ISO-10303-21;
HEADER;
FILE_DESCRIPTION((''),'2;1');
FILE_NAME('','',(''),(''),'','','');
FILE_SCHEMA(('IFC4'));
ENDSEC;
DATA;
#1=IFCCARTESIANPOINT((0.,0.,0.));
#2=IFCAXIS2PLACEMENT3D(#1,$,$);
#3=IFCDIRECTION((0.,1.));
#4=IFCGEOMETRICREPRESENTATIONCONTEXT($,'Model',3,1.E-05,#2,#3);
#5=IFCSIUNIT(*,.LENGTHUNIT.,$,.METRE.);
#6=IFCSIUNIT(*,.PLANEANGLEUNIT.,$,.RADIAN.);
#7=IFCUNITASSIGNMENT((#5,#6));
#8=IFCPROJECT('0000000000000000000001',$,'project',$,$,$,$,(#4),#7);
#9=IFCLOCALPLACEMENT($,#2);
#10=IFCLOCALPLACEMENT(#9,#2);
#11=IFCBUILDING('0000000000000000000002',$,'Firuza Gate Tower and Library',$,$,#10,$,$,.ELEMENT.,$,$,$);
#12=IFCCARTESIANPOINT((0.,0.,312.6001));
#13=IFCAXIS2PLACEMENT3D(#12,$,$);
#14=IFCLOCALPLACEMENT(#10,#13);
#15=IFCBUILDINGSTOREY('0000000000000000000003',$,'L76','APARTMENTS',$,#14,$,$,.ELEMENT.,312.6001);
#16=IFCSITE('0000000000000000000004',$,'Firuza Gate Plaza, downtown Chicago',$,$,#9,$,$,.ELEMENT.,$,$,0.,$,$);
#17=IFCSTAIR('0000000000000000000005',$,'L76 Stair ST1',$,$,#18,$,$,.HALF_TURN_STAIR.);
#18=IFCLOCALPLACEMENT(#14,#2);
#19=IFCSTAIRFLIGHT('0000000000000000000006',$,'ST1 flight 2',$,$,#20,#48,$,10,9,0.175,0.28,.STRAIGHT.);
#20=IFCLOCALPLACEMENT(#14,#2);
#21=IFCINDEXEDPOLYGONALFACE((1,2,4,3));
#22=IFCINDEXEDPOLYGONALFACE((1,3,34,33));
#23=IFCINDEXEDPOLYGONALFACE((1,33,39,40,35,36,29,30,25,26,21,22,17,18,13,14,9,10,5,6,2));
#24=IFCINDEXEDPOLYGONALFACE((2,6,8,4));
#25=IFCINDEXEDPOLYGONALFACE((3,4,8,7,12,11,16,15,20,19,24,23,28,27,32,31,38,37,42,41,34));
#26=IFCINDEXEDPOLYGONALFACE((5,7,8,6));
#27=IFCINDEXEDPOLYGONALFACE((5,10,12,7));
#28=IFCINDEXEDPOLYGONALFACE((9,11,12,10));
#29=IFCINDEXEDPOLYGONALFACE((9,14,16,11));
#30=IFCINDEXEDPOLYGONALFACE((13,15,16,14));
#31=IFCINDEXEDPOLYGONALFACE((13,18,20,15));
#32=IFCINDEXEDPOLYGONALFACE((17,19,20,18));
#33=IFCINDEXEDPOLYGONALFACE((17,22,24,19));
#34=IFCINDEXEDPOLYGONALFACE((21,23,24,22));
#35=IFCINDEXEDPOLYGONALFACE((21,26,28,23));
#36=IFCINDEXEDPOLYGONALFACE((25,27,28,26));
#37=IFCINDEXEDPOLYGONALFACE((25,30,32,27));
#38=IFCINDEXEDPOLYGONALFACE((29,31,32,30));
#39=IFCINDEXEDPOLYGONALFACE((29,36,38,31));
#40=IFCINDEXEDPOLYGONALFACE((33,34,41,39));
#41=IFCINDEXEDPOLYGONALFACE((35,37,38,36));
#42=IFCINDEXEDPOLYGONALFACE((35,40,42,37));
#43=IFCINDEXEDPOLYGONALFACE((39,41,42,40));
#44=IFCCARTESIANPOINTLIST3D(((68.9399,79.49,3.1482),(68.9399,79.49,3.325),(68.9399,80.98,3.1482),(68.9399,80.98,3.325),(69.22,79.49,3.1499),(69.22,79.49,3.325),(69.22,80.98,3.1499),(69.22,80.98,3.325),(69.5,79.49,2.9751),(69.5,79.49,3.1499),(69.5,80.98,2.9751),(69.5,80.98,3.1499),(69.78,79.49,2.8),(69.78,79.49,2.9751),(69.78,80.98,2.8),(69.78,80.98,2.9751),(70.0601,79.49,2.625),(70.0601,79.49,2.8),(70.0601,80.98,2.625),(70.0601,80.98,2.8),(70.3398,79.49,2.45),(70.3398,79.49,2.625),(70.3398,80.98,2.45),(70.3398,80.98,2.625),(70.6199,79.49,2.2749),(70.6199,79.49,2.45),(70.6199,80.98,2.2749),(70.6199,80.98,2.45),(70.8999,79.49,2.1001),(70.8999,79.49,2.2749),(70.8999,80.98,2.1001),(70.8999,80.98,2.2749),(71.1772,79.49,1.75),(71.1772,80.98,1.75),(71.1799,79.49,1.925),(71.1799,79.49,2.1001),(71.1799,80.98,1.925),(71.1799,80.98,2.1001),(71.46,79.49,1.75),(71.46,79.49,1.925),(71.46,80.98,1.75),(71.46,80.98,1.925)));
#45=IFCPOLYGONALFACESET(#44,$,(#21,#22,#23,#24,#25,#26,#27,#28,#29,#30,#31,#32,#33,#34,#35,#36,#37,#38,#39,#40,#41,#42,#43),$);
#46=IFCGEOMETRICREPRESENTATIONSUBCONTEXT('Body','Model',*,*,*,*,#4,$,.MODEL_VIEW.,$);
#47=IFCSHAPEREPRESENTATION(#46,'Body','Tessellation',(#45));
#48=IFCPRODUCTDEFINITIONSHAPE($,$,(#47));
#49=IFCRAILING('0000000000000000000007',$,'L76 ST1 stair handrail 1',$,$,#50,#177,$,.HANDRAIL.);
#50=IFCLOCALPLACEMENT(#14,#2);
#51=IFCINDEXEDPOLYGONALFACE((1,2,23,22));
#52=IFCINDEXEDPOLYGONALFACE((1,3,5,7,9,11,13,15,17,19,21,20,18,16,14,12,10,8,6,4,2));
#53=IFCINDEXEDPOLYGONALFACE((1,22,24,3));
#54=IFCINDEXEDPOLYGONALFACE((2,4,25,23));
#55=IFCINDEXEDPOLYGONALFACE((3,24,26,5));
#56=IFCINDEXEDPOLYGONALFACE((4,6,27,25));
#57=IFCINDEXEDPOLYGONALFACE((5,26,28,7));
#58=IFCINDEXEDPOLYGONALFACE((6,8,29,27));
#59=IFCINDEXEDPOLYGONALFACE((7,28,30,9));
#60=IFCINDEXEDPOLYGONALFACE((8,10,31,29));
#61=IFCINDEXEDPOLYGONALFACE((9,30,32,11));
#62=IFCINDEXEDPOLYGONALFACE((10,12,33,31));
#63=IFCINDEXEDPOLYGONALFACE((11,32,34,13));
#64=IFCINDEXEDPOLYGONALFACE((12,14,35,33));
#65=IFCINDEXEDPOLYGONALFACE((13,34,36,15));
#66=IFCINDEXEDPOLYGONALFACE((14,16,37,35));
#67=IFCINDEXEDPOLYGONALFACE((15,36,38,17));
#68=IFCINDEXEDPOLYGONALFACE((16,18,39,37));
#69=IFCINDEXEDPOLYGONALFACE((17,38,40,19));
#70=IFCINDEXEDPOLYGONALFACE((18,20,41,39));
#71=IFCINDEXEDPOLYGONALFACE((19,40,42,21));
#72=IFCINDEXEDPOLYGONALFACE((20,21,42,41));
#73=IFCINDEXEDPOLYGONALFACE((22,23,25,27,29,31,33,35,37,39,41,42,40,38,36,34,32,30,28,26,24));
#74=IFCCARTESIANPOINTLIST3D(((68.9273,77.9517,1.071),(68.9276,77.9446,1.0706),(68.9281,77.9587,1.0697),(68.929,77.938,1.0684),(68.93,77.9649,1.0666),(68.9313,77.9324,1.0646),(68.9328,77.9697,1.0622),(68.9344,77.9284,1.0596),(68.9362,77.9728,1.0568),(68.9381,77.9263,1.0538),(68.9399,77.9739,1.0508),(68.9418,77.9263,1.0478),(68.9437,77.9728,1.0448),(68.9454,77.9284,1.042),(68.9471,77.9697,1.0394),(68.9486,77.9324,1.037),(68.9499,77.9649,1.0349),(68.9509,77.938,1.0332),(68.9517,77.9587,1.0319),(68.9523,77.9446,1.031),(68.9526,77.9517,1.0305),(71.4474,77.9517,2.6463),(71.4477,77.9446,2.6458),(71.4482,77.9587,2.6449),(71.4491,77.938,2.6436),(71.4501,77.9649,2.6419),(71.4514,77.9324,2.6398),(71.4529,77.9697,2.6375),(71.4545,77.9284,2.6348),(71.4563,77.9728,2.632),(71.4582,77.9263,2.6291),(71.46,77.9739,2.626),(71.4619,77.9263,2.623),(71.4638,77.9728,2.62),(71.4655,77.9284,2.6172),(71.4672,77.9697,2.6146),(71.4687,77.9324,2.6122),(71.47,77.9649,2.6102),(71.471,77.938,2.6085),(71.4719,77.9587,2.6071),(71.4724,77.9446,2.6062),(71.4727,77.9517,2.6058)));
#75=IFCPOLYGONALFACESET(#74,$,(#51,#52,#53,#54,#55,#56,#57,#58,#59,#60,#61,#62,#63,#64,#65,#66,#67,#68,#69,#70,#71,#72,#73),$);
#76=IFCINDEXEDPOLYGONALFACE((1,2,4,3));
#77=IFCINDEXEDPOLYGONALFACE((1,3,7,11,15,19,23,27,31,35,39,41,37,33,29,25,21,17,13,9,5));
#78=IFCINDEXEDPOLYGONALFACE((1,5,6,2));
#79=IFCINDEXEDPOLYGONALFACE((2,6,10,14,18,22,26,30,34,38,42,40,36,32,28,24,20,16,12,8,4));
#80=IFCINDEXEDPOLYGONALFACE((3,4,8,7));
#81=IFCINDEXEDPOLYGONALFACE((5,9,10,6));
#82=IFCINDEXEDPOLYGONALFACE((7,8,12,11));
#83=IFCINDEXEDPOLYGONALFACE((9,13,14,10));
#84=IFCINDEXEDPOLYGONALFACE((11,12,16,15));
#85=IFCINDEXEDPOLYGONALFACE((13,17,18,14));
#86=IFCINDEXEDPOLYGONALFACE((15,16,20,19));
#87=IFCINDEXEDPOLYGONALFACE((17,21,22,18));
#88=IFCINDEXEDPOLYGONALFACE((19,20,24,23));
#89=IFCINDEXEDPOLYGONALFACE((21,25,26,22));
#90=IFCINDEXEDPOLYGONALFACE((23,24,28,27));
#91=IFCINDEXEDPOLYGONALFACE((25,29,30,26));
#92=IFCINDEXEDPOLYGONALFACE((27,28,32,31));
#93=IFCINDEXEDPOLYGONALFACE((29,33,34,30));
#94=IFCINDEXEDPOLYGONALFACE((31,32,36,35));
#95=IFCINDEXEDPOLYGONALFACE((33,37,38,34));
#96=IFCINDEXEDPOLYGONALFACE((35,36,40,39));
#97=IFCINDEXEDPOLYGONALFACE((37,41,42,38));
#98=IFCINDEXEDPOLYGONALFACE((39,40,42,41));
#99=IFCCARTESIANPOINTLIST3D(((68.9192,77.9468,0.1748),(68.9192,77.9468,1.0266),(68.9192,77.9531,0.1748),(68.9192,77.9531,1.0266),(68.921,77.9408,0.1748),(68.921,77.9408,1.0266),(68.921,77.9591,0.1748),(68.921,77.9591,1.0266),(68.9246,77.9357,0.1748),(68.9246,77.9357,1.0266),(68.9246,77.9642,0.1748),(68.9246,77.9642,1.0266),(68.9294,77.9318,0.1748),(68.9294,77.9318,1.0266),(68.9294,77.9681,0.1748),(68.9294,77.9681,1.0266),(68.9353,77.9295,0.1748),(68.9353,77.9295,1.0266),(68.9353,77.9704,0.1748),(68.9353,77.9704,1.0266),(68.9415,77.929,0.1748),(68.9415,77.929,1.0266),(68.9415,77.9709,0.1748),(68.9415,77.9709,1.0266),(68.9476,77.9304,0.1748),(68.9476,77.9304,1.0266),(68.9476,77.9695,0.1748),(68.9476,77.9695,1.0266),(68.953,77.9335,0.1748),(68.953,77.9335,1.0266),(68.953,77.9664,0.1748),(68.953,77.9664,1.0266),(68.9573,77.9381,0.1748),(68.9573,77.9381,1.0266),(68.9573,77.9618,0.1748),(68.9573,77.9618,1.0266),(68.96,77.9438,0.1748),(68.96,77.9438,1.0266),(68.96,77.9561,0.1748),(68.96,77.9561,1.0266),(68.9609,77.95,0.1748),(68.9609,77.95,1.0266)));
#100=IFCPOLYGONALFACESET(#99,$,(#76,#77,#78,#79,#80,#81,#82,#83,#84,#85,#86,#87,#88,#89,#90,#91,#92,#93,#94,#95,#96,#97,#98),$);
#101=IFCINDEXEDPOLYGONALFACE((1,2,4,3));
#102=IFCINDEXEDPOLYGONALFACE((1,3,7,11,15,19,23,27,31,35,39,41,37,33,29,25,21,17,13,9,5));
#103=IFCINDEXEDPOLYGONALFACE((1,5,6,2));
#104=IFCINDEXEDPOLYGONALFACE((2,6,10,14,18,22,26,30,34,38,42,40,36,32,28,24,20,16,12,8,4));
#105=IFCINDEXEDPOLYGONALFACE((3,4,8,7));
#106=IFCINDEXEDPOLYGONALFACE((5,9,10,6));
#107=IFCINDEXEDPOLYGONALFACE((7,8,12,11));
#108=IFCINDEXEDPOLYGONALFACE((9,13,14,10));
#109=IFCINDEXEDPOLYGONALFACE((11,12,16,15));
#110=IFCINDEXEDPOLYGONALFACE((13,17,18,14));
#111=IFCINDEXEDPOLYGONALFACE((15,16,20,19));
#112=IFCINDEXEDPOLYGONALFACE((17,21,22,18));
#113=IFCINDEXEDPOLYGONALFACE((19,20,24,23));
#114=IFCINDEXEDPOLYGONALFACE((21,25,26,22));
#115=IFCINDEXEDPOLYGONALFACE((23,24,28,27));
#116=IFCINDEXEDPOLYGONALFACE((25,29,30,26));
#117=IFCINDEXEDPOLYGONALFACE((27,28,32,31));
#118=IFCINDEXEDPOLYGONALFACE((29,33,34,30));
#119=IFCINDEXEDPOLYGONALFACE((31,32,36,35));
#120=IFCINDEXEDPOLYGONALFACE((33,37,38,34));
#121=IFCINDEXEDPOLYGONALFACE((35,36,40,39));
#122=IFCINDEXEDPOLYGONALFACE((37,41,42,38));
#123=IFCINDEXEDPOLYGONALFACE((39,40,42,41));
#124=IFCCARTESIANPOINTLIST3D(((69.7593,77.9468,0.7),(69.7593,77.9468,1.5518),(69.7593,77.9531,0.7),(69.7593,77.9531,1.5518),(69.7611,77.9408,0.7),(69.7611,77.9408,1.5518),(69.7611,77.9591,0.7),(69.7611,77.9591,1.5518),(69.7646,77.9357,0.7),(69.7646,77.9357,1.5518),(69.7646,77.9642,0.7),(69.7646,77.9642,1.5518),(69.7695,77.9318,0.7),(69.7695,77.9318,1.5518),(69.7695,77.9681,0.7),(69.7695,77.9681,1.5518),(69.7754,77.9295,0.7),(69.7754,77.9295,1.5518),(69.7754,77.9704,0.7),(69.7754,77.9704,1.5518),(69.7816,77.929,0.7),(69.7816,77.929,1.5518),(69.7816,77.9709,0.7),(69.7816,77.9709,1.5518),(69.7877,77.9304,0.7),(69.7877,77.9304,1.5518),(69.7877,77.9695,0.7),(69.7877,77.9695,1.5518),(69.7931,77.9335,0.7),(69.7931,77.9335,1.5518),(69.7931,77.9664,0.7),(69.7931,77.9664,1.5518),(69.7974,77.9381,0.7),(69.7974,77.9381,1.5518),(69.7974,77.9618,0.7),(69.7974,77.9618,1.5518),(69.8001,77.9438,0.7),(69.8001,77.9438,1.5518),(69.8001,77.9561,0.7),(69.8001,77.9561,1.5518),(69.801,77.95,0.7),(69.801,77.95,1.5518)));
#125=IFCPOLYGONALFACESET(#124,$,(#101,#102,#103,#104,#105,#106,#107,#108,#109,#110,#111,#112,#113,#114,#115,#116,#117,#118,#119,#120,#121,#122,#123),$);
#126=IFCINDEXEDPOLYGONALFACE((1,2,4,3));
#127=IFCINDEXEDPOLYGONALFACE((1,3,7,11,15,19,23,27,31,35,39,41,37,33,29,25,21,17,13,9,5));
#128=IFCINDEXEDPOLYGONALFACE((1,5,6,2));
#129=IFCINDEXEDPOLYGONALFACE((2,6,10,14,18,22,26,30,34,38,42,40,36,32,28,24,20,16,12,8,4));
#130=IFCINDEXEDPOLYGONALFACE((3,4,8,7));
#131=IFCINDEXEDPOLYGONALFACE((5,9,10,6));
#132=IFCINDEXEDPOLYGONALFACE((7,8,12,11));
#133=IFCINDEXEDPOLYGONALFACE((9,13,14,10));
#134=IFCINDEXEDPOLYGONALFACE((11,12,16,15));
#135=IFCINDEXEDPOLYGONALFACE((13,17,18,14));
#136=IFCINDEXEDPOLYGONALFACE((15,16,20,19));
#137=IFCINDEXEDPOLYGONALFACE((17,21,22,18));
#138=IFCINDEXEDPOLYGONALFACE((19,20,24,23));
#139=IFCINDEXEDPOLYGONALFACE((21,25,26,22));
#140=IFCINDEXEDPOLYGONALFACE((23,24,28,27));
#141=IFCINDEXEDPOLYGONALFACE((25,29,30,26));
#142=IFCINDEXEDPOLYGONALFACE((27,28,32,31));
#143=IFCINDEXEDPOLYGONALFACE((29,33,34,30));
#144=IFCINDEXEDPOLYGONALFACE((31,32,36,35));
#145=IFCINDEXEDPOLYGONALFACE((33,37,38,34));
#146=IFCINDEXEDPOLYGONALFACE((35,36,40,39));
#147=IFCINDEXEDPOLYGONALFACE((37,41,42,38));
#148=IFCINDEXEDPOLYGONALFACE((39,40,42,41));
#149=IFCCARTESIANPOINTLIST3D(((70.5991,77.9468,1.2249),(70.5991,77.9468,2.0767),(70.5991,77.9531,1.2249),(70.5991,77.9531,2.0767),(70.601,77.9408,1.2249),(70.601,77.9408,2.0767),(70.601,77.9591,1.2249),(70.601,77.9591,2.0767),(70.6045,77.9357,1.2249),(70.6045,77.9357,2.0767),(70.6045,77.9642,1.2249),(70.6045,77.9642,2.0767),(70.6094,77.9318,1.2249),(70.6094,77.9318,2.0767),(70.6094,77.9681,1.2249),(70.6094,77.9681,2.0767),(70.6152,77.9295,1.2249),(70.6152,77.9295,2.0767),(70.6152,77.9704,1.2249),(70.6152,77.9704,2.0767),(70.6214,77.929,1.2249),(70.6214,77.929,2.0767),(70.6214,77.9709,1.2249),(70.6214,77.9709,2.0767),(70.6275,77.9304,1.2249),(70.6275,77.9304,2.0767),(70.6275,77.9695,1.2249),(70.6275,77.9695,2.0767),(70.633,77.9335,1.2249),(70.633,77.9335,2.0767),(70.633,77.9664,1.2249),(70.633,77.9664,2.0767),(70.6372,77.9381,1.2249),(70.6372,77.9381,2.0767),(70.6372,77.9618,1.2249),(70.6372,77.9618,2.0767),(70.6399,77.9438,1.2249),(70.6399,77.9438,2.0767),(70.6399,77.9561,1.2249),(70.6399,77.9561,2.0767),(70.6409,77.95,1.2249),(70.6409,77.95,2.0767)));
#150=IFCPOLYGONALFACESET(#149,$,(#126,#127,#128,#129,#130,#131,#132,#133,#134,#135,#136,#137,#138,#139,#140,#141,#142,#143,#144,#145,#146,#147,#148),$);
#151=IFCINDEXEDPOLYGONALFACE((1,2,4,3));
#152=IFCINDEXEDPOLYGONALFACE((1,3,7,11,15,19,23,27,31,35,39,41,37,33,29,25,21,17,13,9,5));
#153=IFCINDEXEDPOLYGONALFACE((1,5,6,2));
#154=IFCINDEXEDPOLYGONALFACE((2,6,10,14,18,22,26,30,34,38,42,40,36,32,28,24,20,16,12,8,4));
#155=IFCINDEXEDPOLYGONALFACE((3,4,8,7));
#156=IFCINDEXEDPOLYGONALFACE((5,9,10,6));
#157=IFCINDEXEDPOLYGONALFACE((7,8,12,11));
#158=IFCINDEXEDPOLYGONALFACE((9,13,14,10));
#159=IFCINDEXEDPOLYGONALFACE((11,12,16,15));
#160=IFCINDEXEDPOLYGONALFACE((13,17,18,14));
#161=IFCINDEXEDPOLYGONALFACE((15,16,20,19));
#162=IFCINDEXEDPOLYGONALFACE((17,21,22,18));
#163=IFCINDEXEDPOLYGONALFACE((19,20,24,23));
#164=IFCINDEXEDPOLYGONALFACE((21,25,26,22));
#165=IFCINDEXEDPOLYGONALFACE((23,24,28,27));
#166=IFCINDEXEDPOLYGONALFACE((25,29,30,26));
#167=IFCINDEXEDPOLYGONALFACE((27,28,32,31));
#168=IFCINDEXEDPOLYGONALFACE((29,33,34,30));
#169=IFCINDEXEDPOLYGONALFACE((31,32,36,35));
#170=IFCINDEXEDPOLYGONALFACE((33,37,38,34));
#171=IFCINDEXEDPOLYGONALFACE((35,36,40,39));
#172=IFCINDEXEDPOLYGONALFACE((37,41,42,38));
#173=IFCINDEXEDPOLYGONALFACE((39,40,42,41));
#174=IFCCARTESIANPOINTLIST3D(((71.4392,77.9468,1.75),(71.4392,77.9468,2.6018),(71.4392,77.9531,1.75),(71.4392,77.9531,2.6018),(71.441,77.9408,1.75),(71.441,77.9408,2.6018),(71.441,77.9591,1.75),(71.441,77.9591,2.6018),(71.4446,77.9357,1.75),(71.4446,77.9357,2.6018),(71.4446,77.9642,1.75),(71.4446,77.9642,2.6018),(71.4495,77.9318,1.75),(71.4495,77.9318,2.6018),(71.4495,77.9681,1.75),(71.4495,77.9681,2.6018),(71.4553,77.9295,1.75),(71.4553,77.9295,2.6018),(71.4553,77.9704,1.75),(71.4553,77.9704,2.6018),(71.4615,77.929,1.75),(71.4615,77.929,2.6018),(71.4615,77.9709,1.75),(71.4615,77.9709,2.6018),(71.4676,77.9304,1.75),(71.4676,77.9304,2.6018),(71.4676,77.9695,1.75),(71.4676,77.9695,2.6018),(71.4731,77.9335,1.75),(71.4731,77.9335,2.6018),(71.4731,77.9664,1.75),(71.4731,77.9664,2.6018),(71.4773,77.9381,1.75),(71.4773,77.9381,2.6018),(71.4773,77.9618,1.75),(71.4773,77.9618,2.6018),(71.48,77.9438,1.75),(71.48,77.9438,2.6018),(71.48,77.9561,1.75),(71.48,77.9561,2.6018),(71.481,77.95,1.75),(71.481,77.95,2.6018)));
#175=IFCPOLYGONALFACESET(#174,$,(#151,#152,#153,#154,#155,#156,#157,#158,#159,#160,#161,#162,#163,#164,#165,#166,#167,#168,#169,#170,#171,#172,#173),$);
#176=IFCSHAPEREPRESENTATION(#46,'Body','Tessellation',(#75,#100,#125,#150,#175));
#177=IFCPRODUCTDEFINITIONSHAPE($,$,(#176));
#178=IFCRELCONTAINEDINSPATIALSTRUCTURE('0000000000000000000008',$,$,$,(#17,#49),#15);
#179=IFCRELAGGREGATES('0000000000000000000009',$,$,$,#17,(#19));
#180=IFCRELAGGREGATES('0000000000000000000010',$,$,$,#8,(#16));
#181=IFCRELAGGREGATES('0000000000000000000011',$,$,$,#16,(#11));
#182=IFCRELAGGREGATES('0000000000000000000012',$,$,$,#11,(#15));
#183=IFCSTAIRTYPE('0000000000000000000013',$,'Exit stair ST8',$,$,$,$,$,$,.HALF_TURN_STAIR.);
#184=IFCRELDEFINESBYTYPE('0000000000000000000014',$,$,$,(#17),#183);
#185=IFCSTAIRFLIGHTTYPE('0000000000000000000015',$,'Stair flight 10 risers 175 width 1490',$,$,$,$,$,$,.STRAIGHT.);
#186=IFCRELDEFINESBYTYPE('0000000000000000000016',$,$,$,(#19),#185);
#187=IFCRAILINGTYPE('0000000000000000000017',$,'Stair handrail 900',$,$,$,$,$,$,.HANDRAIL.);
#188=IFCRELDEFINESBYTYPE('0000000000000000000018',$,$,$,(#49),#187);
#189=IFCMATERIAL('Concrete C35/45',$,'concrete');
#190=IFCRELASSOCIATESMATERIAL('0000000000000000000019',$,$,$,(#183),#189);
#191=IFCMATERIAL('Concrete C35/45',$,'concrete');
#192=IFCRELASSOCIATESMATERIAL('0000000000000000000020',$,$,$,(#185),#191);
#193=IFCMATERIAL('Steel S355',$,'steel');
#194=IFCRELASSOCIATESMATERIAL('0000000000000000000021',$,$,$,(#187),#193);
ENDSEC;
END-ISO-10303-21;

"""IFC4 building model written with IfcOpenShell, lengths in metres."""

from ifc_helpers import new_model, si_unit, direction, frame, origin, origin_2d, place, context, subcontext, project, spatial, polyline, circle, outline, extrude, material, type_object, element, aggregate, save


model = new_model("IFC4")

# Units and contexts
model_context = context("Model", 3, precision=1e-05, world=origin(), true_north=direction((0.0, 1.0)))
body_context = subcontext(model_context, "Body", "Model", "MODEL_VIEW")
ifc_project = project(units=[si_unit("LENGTHUNIT", "METRE"), si_unit("PLANEANGLEUNIT", "RADIAN")], contexts=[model_context])

# Site, building, storey
site_placement = place(None, origin())
site = spatial("IfcSite", under=ifc_project, at=site_placement, Name="Firuza Gate Plaza, downtown Chicago", CompositionType="ELEMENT", RefElevation=0.0)
building_placement = place(site_placement, origin())
building = spatial("IfcBuilding", under=site, at=building_placement, Name="Firuza Gate Tower and Library", CompositionType="ELEMENT")
storey_placement = place(building_placement, frame((0.0, 0.0, 312.6001)))
storey = spatial("IfcBuildingStorey", under=building, at=storey_placement, Name="L76", Description="APARTMENTS", CompositionType="ELEMENT", Elevation=312.6001)

# Stair, stair flight
ifc_material_1 = material(Name="Concrete C35/45", Category="concrete")
stair_type = type_object("IfcStairType", Name="Exit stair ST8", PredefinedType="HALF_TURN_STAIR", material=ifc_material_1)
stair_placement = place(storey_placement, origin())
stair = element("IfcStair", 1, at=stair_placement, inside=storey, type_object=stair_type, Name="L76 Stair ST1", PredefinedType="HALF_TURN_STAIR")
ifc_material_2 = material(Name="Concrete C35/45", Category="concrete")
stair_flight_type = type_object("IfcStairFlightType", Name="Stair flight 10 risers 175 width 1490", PredefinedType="STRAIGHT", material=ifc_material_2)
stair_flight_1_placement = place(storey_placement, frame((71.46, 80.2351, 1.75), z_axis=(0.0, 0.0, 1.0), x_axis=(-1.0, 0.0, 0.0)))
stair_flight_1 = element("IfcStairFlight", 2, at=stair_flight_1_placement, type_object=stair_flight_type, Name="ST1 flight 2", NumberOfRisers=10, NumberOfTreads=9, PredefinedType="STRAIGHT", RiserHeight=0.175, TreadLength=0.28, context=body_context, shape_type="SweptSolid", body=[
    extrude(outline(polyline([(0.0, 0.0), (0.0, 0.175), (0.28, 0.175), (0.28, 0.3501), (0.5601, 0.3501), (0.5601, 0.5249), (0.8401, 0.5249), (0.8401, 0.7), (1.1201, 0.7), (1.1201, 0.875), (1.3999, 0.875), (1.3999, 1.05), (1.6799, 1.05), (1.6799, 1.2251), (1.96, 1.2251), (1.96, 1.3999), (2.24, 1.3999), (2.24, 1.575), (2.52, 1.575), (2.52, 1.75), (2.52, 1.3982), (0.2827, 0.0), (0.0, 0.0)])), frame((0.0, 0.7451, 0.0), z_axis=(0.0, -1.0, 0.0), x_axis=(1.0, 0.0, 0.0)), (0.0, 0.0, 1.0), 1.49),
])
aggregate(stair, [stair_flight_1])

# Railing
ifc_material_3 = material(Name="Steel S355", Category="steel")
railing_type_1 = type_object("IfcRailingType", Name="Stair handrail 900", PredefinedType="HANDRAIL", material=ifc_material_3)
railing_1_placement = place(storey_placement, frame((68.9399, 77.95, 0.1748)))
element("IfcRailing", 3, at=railing_1_placement, inside=storey, type_object=railing_type_1, Name="L76 ST1 stair handrail 1", PredefinedType="HANDRAIL", context=body_context, shape_type="SweptSolid", body=[
    extrude(circle(Radius=0.0239, at=origin_2d()), frame((0.0, 0.0, 0.876), z_axis=(0.847971, 0.0, 0.530043), x_axis=(0.0, 1.0, 0.0)), (0.0, 0.0, 1.0), 2.9719),
    extrude(circle(Radius=0.021, at=origin_2d()), origin(), (0.0, 0.0, 1.0), 0.8518),
    extrude(circle(Radius=0.021, at=origin_2d()), frame((0.8401, 0.0, 0.5251)), (0.0, 0.0, 1.0), 0.8518),
    extrude(circle(Radius=0.021, at=origin_2d()), frame((1.6799, 0.0, 1.05)), (0.0, 0.0, 1.0), 0.8518),
    extrude(circle(Radius=0.021, at=origin_2d()), frame((2.52, 0.0, 1.5752)), (0.0, 0.0, 1.0), 0.8518),
])

save(model, "model.ifc")
